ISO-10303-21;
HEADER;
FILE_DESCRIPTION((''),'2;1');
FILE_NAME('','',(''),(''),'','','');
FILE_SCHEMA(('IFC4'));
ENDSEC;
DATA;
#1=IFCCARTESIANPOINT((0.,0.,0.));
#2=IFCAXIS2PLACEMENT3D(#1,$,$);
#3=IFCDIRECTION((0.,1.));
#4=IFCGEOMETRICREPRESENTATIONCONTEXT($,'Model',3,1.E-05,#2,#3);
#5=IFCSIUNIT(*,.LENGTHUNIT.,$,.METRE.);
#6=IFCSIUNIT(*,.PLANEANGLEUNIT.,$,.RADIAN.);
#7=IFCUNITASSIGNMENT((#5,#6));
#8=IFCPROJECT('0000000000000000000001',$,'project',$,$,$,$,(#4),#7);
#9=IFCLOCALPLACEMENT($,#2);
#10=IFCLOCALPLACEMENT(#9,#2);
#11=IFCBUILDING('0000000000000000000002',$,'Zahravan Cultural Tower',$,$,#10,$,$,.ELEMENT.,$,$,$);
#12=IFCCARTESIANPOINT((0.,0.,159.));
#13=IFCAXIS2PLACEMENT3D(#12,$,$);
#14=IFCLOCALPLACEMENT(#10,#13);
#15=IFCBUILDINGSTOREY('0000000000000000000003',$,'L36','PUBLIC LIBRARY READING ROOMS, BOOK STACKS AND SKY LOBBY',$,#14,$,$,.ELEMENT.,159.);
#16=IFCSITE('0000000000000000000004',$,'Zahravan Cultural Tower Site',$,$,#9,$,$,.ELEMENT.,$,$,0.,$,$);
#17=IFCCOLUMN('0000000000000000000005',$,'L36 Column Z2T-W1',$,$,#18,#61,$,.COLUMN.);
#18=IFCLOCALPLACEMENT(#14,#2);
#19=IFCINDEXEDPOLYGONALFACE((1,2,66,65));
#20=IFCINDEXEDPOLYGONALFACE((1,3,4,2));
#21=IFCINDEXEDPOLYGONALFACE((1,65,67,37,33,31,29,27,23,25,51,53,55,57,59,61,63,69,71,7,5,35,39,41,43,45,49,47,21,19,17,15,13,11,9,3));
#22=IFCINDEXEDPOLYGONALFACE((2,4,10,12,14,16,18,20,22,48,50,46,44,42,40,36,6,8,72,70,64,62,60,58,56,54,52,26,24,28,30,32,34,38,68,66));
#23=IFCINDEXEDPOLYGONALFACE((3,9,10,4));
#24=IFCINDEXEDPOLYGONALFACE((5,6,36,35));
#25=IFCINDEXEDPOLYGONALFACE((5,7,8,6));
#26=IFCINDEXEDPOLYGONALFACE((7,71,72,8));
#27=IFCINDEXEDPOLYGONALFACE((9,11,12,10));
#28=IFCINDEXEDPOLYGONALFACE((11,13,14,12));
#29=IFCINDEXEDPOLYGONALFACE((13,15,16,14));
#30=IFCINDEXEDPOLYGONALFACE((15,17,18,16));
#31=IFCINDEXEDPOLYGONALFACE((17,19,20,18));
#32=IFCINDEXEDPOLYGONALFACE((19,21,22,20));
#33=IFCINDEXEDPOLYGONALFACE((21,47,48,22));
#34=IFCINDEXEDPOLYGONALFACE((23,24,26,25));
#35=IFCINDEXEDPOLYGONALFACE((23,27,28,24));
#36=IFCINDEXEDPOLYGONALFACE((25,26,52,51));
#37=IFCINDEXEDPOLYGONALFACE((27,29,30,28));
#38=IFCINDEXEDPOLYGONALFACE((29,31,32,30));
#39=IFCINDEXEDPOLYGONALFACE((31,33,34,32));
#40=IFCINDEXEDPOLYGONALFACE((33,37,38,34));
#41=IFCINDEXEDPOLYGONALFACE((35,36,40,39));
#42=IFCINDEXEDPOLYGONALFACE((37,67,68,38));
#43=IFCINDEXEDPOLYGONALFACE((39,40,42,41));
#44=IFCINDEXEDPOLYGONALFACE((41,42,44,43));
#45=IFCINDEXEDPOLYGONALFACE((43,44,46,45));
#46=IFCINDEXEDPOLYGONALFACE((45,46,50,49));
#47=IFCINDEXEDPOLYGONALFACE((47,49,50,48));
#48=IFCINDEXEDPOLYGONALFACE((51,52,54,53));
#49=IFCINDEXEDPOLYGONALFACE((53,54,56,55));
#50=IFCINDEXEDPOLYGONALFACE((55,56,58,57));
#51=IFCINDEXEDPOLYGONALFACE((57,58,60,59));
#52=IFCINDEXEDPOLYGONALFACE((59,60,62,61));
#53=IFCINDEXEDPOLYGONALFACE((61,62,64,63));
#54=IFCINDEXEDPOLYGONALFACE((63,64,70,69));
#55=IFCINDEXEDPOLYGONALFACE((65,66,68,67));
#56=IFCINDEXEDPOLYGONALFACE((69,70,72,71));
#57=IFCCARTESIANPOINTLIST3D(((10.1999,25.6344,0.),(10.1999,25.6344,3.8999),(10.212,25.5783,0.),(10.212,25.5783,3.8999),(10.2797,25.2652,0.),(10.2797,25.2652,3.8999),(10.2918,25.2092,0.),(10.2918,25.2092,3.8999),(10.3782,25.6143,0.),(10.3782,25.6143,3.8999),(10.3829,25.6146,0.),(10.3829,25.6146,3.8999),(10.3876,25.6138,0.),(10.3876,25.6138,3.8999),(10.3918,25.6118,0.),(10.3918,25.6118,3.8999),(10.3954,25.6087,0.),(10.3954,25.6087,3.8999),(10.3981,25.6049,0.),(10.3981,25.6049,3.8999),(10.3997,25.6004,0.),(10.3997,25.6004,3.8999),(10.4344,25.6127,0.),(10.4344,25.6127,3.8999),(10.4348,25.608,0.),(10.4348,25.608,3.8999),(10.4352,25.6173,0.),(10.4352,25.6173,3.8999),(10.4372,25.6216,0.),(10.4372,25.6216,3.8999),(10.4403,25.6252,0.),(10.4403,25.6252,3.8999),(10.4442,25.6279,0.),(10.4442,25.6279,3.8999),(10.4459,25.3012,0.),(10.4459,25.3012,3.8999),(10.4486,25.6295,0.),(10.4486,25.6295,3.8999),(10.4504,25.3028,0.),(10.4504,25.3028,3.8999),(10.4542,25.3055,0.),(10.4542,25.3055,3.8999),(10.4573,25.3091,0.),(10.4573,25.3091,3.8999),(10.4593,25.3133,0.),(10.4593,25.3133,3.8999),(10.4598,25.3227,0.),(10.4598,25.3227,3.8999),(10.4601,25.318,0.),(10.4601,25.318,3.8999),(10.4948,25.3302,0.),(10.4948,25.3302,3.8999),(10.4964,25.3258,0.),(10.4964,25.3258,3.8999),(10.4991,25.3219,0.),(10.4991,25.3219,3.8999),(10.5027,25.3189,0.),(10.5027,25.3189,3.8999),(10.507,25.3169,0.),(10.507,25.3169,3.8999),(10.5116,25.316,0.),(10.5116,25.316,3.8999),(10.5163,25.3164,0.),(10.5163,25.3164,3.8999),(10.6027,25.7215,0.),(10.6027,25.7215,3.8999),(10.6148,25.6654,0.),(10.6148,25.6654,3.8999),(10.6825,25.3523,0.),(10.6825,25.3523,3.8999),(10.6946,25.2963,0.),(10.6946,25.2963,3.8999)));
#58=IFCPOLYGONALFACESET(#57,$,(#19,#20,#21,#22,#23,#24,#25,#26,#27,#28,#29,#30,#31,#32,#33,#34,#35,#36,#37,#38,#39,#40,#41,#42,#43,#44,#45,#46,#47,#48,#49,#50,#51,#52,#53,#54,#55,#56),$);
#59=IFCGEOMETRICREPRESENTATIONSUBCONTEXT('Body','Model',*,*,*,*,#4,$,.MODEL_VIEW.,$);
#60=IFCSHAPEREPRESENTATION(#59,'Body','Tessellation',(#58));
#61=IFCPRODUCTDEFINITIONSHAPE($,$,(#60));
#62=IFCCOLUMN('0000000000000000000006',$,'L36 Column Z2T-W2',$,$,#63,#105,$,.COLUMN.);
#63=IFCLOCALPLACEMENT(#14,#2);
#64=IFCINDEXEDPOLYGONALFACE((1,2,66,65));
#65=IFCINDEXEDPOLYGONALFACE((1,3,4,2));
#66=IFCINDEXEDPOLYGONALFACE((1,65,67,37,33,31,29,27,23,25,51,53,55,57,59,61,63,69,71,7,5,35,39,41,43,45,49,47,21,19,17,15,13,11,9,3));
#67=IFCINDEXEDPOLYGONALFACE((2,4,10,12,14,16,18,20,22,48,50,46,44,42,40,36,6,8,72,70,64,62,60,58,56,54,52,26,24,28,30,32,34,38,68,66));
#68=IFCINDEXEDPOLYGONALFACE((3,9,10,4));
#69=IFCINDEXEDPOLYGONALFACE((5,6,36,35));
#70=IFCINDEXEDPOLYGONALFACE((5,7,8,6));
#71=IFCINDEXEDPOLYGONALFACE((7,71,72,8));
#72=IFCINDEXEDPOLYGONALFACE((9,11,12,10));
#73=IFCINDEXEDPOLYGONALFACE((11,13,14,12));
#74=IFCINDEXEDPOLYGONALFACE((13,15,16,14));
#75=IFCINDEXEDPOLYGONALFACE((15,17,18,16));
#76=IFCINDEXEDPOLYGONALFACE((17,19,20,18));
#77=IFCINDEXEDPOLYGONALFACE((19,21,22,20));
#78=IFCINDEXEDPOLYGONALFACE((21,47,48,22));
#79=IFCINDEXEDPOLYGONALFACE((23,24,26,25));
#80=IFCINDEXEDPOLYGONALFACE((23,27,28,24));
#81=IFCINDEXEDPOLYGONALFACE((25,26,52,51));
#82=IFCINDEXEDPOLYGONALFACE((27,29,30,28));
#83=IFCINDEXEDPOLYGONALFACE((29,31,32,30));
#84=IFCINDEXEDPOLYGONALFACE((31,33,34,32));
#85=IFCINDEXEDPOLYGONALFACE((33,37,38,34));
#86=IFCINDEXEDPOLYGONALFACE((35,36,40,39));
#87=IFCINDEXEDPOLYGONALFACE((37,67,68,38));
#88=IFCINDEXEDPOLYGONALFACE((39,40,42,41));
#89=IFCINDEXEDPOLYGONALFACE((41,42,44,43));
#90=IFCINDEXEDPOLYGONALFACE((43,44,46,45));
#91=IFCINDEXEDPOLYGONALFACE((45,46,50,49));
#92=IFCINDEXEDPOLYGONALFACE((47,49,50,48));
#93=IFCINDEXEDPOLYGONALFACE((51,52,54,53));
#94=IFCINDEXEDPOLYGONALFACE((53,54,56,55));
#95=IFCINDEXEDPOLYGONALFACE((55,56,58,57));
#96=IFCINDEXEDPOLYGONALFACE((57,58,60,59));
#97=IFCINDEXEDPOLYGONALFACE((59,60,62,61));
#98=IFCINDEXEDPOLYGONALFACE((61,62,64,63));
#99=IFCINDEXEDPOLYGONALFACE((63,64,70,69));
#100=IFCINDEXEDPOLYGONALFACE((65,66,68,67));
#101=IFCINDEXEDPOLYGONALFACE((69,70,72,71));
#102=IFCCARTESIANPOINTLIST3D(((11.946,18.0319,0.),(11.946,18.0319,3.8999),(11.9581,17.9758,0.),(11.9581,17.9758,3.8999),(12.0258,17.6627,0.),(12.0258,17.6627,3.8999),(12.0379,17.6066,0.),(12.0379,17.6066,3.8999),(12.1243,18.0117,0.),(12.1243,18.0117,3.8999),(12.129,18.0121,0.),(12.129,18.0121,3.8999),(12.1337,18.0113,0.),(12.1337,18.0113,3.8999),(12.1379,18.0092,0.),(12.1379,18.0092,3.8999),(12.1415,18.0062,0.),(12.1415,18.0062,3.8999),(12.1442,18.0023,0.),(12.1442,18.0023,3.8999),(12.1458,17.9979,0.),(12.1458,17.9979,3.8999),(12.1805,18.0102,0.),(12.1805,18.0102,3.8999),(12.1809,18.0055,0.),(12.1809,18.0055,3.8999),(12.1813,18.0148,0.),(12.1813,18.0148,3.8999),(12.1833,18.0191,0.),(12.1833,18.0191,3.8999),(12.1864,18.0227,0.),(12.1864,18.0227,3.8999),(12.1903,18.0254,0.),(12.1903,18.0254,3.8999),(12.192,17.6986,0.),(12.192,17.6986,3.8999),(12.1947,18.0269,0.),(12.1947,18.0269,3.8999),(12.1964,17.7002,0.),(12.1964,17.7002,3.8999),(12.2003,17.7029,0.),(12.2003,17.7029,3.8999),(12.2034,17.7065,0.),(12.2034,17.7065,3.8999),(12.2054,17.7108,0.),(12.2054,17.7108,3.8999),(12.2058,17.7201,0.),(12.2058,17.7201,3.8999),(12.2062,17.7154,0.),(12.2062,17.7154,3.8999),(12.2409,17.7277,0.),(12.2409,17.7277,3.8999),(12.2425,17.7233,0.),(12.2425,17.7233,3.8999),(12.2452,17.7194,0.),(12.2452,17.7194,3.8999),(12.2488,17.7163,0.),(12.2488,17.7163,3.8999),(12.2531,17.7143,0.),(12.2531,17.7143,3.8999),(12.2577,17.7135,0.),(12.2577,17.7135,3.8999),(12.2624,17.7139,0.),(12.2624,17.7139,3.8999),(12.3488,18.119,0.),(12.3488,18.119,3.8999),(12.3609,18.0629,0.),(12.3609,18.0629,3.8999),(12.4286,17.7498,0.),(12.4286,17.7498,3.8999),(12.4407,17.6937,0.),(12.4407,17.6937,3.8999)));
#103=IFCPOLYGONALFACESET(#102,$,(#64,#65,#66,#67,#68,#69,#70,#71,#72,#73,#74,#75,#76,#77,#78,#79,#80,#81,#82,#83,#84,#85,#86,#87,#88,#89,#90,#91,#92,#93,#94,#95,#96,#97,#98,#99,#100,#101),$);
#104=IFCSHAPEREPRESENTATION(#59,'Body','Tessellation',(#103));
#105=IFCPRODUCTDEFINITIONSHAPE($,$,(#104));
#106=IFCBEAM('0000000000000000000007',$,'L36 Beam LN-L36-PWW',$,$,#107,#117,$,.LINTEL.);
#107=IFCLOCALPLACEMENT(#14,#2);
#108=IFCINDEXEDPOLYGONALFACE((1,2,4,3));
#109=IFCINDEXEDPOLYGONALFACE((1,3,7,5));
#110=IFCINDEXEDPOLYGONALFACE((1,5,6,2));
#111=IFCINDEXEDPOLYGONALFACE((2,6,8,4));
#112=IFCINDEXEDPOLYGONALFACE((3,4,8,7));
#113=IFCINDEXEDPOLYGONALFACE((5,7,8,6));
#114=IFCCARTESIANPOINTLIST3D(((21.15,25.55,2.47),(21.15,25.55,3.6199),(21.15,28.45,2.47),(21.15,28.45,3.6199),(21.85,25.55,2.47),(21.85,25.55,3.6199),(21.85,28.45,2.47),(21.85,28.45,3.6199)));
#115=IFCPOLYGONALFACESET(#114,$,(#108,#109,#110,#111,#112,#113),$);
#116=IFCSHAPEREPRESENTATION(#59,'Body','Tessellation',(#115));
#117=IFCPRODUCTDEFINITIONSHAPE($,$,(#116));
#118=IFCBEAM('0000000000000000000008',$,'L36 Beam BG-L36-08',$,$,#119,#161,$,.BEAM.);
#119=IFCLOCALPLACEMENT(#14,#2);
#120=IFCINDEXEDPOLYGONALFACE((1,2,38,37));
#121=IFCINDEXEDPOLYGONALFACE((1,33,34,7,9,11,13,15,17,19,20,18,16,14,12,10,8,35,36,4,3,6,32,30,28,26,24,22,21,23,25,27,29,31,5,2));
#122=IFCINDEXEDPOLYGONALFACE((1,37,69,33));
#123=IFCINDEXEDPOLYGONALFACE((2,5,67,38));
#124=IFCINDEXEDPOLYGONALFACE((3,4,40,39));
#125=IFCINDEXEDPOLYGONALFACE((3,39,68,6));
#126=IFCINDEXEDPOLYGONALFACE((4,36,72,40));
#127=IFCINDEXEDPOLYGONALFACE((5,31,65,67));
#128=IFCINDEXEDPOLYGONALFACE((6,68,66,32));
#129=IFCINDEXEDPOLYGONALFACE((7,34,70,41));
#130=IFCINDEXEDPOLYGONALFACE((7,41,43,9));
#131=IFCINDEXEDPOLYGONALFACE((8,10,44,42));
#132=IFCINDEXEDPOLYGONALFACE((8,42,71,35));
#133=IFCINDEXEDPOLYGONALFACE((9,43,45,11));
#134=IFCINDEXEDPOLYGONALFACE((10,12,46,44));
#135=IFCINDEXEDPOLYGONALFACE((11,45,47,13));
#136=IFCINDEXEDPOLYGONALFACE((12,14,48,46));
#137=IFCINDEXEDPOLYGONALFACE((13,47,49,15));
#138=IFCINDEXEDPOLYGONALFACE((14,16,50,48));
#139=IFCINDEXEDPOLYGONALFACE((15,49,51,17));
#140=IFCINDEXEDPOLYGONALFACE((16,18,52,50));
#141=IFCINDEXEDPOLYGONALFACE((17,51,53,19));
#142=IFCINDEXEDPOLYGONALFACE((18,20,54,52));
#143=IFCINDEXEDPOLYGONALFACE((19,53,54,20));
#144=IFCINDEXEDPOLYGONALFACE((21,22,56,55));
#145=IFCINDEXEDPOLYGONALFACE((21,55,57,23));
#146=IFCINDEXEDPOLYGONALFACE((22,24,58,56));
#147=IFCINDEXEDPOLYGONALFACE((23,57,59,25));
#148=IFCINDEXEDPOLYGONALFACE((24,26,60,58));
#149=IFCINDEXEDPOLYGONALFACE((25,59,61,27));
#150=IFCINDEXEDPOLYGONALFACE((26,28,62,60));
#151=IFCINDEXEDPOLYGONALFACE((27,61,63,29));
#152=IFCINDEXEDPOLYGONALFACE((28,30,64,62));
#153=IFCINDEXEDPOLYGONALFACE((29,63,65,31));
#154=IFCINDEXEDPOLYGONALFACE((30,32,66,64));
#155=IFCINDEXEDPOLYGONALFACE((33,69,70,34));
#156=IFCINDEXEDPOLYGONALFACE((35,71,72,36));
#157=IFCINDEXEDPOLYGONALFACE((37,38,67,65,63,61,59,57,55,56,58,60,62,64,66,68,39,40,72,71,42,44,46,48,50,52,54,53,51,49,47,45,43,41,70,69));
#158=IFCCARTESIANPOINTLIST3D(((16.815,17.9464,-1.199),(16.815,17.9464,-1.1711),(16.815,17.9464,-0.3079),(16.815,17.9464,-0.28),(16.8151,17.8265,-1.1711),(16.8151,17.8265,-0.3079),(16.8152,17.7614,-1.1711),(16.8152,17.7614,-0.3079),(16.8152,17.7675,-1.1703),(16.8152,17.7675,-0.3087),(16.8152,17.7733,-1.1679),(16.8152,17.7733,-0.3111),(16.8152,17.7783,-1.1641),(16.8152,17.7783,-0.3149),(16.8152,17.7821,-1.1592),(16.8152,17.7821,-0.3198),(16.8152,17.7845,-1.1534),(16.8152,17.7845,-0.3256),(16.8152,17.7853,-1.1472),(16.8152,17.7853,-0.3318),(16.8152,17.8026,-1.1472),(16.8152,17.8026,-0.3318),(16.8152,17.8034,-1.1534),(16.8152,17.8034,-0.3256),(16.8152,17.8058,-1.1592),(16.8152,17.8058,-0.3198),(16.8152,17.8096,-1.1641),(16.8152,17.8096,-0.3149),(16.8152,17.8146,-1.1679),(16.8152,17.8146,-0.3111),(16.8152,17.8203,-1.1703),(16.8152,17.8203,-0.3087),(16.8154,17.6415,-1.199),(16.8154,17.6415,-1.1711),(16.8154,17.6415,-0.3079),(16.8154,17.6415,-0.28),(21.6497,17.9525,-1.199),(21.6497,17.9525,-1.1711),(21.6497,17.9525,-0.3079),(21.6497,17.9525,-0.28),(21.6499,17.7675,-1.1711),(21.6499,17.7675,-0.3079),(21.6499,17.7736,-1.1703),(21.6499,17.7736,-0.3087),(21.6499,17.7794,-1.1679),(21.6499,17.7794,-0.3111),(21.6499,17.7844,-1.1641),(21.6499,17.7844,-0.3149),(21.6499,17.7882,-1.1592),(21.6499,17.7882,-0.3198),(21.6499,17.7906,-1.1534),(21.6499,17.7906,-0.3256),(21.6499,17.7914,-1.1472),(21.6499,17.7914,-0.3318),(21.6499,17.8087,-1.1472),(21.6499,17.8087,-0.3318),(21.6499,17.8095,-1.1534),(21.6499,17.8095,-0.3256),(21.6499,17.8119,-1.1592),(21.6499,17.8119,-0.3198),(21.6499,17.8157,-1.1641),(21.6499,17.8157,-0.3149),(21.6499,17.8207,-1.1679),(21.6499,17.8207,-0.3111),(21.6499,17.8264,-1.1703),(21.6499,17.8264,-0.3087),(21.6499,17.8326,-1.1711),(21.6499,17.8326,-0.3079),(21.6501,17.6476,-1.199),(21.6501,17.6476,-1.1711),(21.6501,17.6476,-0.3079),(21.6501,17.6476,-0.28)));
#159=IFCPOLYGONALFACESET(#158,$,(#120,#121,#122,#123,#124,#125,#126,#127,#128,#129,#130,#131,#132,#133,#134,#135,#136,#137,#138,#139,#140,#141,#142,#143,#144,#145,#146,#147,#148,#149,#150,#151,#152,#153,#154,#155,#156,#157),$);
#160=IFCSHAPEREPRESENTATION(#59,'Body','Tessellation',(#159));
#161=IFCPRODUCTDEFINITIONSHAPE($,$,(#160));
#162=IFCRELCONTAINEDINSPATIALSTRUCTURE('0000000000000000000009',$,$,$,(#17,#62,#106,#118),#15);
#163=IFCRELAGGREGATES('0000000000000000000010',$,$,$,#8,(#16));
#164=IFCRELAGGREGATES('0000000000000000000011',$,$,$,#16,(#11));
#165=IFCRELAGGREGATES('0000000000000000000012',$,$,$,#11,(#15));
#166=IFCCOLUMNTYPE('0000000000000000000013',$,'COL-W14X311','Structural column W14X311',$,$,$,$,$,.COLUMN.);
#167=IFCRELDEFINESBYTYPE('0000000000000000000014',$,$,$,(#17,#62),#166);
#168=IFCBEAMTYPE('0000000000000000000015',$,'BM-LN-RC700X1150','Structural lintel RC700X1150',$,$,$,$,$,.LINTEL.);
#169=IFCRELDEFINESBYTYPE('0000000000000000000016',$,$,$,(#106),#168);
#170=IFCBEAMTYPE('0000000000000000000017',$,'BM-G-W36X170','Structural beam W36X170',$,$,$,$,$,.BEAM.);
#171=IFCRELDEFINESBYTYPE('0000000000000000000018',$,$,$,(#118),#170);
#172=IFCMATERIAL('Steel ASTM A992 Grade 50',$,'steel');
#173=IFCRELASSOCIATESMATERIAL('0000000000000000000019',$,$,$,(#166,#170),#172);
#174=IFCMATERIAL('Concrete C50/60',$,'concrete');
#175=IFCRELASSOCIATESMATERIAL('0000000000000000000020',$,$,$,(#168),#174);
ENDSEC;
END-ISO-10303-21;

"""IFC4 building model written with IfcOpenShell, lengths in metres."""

from ifc_helpers import new_model, si_unit, direction, frame, origin, origin_2d, place, context, subcontext, project, spatial, rectangle, i_section, extrude, source, transform, mapped, material, material_profile, profile_set, type_object, element, save


model = new_model("IFC4")

# Units and contexts
model_context = context("Model", 3, precision=1e-05, world=origin(), true_north=direction((0.0, 1.0)))
body_context = subcontext(model_context, "Body", "Model", "MODEL_VIEW")
ifc_project = project(units=[si_unit("LENGTHUNIT", "METRE"), si_unit("PLANEANGLEUNIT", "RADIAN")], contexts=[model_context])

# Site, building, storey
site_placement = place(None, origin())
site = spatial("IfcSite", under=ifc_project, at=site_placement, Name="Zahravan Cultural Tower Site", CompositionType="ELEMENT", RefElevation=0.0)
building_placement = place(site_placement, origin())
building = spatial("IfcBuilding", under=site, at=building_placement, Name="Zahravan Cultural Tower", CompositionType="ELEMENT")
storey_placement = place(building_placement, frame((0.0, 0.0, 159.0)))
storey = spatial("IfcBuildingStorey", under=building, at=storey_placement, Name="L36", Description="PUBLIC LIBRARY READING ROOMS, BOOK STACKS AND SKY LOBBY", CompositionType="ELEMENT", Elevation=159.0)

# Columns
ifc_material_1 = material(Name="Steel ASTM A992 Grade 50", Category="steel")
ifc_material_profile_1 = material_profile(ifc_material_1, i_section(OverallWidth=0.4121, OverallDepth=0.4351, WebThickness=0.0359, FlangeThickness=0.0574, FilletRadius=0.0181, at=origin_2d()), Name="W14X311")
ifc_profile_set_1 = profile_set([ifc_material_profile_1], Name="Steel ASTM A992 Grade 50")
column_type = type_object("IfcColumnType", Name="COL-W14X311", Description="Structural column W14X311", PredefinedType="COLUMN", material=ifc_profile_set_1)
shared_shape_1 = source(origin(), body_context, "Body", "SweptSolid", [
    extrude(i_section(OverallWidth=0.4121, OverallDepth=0.4351, WebThickness=0.0359, FlangeThickness=0.0574, FilletRadius=0.0181, at=origin_2d()), origin(), (0.0, 0.0, 1.0), 3.8999),
])
for number, where, z_axis, x_axis, name in (
    (1, (10.4473, 25.4653, 0.0), (0.0, 0.0, 1.0), (0.977416, 0.211325, 0.0), "L36 Column Z2T-W1"),
    (2, (12.1934, 17.8628, 0.0), (0.0, 0.0, 1.0), (0.977416, 0.211325, 0.0), "L36 Column Z2T-W2"),
):
    element("IfcColumn", number, at=place(storey_placement, frame(where, z_axis=z_axis, x_axis=x_axis)), inside=storey, type_object=column_type, Name=name, PredefinedType="COLUMN", context=body_context, shape_type="MappedRepresentation", body=[
        mapped(shared_shape_1, transform((0.0, 0.0, 0.0), x_axis=(1.0, 0.0, 0.0), y_axis=(0.0, 1.0, 0.0), z_axis=(0.0, 0.0, 1.0), scale=1.0)),
    ])

# Beams
ifc_material_2 = material(Name="Concrete C50/60", Category="concrete")
ifc_material_profile_2 = material_profile(ifc_material_2, rectangle(XDim=0.7, YDim=1.1499, at=origin_2d()), Name="RC700X1150")
ifc_profile_set_2 = profile_set([ifc_material_profile_2], Name="Concrete C50/60")
beam_type_1 = type_object("IfcBeamType", Name="BM-LN-RC700X1150", Description="Structural lintel RC700X1150", PredefinedType="LINTEL", material=ifc_profile_set_2)
shared_shape_2 = source(origin(), body_context, "Body", "SweptSolid", [
    extrude(rectangle(XDim=0.7, YDim=1.1499, at=origin_2d()), origin(), (0.0, 0.0, 1.0), 2.8999),
])
beam_1_placement = place(storey_placement, frame((21.5, 25.55, 3.0449), z_axis=(0.0, 1.0, 0.0), x_axis=(-1.0, 0.0, 0.0)))
element("IfcBeam", 3, at=beam_1_placement, inside=storey, type_object=beam_type_1, Name="L36 Beam LN-L36-PWW", PredefinedType="LINTEL", context=body_context, shape_type="MappedRepresentation", body=[
    mapped(shared_shape_2, transform((0.0, 0.0, 0.0), x_axis=(1.0, 0.0, 0.0), y_axis=(0.0, 1.0, 0.0), z_axis=(0.0, 0.0, 1.0), scale=1.0)),
])
ifc_material_profile_3 = material_profile(ifc_material_1, i_section(OverallWidth=0.3049, OverallDepth=0.9189, WebThickness=0.0173, FlangeThickness=0.0278, FilletRadius=0.0239, at=origin_2d()), Name="W36X170")
ifc_profile_set_3 = profile_set([ifc_material_profile_3], Name="Steel ASTM A992 Grade 50")
beam_type_2 = type_object("IfcBeamType", Name="BM-G-W36X170", Description="Structural beam W36X170", PredefinedType="BEAM", material=ifc_profile_set_3)
shared_shape_3 = source(origin(), body_context, "Body", "SweptSolid", [
    extrude(i_section(OverallWidth=0.3049, OverallDepth=0.9189, WebThickness=0.0173, FlangeThickness=0.0278, FilletRadius=0.0239, at=origin_2d()), origin(), (0.0, 0.0, 1.0), 4.8347),
])
beam_2_placement = place(storey_placement, frame((21.6499, 17.8, -0.7395), z_axis=(-0.999999, -0.001262, 0.0), x_axis=(0.001262, -0.999999, 0.0)))
element("IfcBeam", 4, at=beam_2_placement, inside=storey, type_object=beam_type_2, Name="L36 Beam BG-L36-08", PredefinedType="BEAM", context=body_context, shape_type="MappedRepresentation", body=[
    mapped(shared_shape_3, transform((0.0, 0.0, 0.0), x_axis=(1.0, 0.0, 0.0), y_axis=(0.0, 1.0, 0.0), z_axis=(0.0, 0.0, 1.0), scale=1.0)),
])

save(model, "model.ifc")
